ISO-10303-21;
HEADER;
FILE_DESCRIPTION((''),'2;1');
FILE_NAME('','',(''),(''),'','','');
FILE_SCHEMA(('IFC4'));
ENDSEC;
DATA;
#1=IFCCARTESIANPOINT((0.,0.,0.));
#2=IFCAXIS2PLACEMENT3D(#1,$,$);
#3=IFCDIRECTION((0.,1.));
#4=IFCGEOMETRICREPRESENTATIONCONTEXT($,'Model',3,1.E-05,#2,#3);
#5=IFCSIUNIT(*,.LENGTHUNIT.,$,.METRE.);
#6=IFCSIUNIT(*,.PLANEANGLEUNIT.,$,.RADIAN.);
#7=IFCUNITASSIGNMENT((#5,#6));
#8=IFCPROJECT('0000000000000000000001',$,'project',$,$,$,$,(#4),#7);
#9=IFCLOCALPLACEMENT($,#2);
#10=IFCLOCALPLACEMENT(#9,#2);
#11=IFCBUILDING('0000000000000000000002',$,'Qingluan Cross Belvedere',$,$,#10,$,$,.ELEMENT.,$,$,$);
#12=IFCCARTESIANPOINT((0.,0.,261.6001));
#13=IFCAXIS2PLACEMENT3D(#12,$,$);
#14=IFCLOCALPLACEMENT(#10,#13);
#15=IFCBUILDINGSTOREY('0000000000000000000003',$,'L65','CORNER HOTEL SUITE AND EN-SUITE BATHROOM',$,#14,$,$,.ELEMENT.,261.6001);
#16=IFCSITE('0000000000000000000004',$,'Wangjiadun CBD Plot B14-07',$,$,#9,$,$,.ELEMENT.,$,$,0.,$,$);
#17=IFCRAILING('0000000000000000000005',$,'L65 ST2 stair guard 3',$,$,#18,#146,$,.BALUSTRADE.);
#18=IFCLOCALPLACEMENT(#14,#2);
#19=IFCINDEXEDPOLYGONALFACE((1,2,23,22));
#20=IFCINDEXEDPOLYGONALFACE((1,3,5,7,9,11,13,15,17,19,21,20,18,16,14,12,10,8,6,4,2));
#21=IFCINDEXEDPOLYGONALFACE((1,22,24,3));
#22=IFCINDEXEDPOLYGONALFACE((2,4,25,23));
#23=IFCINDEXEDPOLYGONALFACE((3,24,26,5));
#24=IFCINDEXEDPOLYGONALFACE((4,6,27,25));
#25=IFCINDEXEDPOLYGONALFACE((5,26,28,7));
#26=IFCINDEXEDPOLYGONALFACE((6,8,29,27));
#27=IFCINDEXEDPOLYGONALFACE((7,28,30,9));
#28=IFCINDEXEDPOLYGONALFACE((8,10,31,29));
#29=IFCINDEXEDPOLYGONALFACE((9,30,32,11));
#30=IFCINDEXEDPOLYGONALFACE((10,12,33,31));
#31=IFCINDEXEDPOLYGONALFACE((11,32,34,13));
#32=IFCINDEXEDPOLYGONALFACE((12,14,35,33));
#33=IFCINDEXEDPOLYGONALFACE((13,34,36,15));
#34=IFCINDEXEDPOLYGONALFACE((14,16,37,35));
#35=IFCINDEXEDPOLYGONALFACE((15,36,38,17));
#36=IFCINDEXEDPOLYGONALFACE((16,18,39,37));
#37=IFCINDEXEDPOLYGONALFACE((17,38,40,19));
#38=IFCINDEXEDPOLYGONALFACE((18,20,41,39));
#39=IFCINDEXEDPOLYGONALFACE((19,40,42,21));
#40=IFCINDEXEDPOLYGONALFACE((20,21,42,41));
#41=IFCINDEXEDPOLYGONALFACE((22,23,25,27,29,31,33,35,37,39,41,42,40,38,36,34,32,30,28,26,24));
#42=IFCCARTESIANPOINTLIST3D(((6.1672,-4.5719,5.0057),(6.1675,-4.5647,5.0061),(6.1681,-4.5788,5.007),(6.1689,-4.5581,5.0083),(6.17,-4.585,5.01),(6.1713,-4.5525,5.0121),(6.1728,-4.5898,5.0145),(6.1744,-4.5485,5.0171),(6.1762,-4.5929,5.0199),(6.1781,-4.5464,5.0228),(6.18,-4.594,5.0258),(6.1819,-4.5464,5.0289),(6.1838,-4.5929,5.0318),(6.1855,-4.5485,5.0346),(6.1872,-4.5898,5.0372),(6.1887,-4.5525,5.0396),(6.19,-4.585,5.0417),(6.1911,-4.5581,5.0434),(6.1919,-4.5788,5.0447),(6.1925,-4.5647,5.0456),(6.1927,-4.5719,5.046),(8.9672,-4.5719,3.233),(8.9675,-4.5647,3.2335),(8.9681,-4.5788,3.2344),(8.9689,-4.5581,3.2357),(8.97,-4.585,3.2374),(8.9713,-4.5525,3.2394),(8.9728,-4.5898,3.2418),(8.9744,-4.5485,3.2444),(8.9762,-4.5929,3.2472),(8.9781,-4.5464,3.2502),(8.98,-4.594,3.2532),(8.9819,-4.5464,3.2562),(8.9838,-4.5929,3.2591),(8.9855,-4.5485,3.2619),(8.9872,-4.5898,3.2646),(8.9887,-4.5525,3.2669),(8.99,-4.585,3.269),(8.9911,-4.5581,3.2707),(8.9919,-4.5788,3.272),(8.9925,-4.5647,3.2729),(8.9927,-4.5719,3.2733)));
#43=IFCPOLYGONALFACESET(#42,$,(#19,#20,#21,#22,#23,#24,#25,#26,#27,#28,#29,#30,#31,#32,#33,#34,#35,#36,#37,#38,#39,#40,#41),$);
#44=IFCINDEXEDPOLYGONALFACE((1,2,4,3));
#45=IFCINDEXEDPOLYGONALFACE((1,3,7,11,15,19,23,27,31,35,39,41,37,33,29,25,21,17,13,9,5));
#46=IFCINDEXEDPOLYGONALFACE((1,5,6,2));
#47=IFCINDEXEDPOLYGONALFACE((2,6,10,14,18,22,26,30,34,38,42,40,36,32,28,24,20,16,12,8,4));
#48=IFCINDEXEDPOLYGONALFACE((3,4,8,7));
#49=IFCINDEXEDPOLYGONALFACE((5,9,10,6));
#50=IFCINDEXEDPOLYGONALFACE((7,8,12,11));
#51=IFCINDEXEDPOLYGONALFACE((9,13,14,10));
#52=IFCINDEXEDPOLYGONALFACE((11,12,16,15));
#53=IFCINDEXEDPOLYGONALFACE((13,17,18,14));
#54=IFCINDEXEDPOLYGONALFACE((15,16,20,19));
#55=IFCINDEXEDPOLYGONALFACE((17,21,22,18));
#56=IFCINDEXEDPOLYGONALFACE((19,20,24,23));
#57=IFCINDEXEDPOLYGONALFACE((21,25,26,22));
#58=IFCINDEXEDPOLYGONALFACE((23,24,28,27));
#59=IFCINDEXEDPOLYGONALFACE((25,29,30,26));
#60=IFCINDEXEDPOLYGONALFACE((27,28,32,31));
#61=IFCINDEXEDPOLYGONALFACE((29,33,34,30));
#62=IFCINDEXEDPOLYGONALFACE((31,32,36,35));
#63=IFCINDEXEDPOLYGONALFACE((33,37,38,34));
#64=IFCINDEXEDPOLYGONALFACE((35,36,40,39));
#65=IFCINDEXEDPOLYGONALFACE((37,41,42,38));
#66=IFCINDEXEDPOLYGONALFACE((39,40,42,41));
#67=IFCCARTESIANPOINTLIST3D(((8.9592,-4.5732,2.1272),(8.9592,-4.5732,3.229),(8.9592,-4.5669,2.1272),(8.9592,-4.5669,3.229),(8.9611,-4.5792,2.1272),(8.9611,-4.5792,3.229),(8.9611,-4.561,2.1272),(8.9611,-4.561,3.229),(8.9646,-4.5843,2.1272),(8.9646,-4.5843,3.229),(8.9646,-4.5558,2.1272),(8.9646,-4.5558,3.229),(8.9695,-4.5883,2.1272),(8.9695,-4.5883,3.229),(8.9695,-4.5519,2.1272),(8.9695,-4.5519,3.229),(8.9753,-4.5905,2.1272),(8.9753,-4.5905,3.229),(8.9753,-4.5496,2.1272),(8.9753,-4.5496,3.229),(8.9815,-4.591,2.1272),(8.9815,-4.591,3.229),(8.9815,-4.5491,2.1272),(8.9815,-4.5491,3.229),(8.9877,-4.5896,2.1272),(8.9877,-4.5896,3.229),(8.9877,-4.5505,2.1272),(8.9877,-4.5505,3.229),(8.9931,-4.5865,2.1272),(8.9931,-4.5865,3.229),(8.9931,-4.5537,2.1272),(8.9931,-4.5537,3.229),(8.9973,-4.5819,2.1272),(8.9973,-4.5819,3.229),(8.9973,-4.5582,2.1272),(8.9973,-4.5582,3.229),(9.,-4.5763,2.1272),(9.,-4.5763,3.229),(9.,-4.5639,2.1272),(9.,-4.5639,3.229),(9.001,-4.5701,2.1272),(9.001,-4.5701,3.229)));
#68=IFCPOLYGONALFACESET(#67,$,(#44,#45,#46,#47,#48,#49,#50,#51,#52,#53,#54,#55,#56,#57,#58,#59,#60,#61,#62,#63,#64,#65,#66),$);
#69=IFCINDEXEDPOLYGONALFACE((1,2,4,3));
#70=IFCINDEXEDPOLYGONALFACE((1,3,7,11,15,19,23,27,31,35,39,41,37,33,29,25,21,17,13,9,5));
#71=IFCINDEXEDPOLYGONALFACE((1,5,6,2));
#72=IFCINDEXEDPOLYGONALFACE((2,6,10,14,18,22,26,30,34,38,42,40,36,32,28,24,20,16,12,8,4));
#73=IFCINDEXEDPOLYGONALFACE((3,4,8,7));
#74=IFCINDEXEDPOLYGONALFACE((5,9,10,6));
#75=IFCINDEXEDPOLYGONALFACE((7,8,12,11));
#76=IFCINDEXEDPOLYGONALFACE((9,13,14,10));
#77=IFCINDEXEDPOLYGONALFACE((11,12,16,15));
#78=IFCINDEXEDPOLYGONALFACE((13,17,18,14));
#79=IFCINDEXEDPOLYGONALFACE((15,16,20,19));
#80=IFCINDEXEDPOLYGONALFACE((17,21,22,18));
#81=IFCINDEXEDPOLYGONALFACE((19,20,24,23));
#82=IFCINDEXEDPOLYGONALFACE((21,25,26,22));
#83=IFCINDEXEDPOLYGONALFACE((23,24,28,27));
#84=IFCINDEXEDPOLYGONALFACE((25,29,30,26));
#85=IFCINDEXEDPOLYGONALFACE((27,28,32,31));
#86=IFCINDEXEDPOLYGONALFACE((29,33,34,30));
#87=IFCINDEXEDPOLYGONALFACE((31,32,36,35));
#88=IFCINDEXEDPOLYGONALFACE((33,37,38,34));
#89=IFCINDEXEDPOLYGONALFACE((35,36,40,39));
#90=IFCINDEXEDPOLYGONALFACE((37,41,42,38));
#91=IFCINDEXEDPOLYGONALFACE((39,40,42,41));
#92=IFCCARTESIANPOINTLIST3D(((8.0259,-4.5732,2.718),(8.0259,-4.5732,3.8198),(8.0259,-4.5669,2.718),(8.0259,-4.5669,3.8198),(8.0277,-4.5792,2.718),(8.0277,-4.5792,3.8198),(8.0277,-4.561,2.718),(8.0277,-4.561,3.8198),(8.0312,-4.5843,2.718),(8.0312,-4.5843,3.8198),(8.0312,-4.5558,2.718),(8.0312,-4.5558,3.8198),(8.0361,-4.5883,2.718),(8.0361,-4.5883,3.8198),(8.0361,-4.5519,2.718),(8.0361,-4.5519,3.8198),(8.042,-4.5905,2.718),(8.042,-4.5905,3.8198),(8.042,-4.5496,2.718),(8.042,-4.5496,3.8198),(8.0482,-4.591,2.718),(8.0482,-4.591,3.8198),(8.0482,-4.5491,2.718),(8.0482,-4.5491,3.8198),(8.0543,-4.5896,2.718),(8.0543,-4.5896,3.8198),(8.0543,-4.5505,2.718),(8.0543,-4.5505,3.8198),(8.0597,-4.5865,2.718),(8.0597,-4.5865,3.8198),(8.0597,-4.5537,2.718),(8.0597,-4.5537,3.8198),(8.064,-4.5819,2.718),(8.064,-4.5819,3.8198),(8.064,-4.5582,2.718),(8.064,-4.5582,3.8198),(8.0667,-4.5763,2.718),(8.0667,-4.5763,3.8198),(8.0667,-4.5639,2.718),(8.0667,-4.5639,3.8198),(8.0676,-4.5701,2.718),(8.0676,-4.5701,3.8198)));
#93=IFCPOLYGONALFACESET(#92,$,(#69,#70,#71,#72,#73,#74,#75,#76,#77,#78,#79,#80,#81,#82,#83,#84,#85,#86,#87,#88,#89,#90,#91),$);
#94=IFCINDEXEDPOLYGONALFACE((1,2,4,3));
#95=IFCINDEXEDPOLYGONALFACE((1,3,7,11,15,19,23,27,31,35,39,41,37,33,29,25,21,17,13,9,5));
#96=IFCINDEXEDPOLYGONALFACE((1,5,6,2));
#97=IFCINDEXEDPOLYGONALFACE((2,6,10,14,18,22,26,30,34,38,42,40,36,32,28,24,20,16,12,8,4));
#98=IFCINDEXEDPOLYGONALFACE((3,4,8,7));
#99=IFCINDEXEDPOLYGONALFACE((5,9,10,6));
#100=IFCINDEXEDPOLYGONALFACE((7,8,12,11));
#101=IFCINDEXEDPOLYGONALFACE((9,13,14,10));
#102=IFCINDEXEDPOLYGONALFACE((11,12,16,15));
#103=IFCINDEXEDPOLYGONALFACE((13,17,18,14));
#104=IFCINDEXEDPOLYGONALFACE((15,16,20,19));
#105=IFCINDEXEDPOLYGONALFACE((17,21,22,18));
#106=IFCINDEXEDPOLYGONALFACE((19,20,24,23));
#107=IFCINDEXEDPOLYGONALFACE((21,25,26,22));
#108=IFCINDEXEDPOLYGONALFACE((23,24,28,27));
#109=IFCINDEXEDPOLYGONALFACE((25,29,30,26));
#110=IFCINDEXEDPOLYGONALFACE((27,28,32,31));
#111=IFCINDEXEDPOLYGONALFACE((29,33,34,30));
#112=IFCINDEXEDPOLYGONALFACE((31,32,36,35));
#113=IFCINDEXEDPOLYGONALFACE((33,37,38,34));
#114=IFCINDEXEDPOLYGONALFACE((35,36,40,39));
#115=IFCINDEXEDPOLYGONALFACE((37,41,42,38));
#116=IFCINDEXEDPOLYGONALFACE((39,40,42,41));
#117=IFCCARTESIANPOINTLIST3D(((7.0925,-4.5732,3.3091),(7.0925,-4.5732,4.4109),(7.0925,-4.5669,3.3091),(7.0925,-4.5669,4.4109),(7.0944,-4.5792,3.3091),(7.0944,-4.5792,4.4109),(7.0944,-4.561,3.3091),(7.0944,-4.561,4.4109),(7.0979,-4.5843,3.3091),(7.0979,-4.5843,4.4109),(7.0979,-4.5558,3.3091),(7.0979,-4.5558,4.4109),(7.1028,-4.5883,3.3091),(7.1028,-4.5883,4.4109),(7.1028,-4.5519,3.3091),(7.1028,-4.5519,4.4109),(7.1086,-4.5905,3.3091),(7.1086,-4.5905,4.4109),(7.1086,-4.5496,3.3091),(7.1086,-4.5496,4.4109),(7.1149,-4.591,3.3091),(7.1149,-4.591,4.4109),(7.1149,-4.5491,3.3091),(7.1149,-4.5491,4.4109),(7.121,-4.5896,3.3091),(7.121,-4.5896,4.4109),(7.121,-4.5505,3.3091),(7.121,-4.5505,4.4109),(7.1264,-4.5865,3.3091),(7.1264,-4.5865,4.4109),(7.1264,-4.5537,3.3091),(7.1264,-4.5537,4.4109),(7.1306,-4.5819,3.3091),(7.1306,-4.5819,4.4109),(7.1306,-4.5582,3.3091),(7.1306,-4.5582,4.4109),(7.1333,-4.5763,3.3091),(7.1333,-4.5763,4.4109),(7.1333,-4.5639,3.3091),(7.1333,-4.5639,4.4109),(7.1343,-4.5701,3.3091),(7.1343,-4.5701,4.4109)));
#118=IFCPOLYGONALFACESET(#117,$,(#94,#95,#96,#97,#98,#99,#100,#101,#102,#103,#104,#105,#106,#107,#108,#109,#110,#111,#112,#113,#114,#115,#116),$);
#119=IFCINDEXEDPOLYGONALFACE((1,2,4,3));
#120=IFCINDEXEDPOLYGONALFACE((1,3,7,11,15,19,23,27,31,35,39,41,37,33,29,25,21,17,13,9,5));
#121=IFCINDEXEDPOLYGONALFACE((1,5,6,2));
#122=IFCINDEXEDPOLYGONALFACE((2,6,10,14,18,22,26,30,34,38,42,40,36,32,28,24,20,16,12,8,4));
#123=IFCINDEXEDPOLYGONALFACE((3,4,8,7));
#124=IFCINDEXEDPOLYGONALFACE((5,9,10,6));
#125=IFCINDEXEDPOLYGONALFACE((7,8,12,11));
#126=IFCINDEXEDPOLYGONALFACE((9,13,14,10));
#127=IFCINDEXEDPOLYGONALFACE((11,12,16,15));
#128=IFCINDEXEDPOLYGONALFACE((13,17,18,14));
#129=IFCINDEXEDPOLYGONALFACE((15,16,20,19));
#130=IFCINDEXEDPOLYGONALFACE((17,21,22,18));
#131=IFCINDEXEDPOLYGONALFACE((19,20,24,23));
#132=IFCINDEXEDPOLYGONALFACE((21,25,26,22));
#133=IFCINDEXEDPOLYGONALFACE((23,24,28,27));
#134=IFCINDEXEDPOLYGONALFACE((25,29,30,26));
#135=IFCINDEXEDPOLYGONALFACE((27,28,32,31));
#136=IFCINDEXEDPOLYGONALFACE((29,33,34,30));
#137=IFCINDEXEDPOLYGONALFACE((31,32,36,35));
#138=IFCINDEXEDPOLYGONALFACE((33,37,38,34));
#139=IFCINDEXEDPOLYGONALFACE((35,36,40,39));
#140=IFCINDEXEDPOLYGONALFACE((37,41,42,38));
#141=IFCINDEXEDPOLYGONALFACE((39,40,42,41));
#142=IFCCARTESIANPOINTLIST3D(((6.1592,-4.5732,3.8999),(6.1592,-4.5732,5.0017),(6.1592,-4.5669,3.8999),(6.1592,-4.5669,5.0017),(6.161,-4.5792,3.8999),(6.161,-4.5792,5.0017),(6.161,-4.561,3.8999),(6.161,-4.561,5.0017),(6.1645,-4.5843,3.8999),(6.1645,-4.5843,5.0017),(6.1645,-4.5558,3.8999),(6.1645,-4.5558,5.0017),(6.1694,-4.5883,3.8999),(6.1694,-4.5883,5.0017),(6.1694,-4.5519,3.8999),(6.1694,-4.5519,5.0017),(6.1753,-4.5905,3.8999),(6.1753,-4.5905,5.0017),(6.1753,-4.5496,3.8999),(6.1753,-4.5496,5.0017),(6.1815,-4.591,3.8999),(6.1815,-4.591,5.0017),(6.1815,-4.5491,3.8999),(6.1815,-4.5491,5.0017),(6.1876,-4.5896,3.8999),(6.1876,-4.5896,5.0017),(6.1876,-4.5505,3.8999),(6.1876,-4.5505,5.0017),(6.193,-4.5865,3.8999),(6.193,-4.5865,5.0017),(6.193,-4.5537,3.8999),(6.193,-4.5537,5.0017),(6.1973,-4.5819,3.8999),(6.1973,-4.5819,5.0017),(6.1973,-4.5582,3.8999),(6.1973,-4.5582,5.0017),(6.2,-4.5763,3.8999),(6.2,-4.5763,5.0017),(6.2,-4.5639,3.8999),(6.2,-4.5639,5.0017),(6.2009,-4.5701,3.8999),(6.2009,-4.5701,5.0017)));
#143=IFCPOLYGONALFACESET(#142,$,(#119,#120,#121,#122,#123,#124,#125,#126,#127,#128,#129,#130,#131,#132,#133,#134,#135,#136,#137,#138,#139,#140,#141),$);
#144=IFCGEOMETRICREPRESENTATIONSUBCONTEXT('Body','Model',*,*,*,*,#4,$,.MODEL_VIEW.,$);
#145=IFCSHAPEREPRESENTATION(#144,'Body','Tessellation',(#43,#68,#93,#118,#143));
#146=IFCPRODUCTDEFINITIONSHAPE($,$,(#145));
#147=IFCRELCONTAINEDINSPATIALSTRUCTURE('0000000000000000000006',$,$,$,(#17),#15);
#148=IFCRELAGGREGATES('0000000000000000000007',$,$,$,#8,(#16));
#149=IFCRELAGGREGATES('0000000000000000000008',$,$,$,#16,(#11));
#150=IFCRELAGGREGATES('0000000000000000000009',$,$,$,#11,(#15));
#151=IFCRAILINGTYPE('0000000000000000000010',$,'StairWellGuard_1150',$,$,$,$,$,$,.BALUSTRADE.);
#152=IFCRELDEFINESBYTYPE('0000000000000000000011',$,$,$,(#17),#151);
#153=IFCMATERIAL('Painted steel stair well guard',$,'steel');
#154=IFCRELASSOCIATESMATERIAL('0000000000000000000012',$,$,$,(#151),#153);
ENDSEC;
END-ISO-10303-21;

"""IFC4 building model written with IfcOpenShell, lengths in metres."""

from ifc_helpers import new_model, si_unit, direction, frame, origin, origin_2d, place, context, subcontext, project, spatial, circle, extrude, material, type_object, element, save


model = new_model("IFC4")

# Units and contexts
model_context = context("Model", 3, precision=1e-05, world=origin(), true_north=direction((0.0, 1.0)))
body_context = subcontext(model_context, "Body", "Model", "MODEL_VIEW")
ifc_project = project(units=[si_unit("LENGTHUNIT", "METRE"), si_unit("PLANEANGLEUNIT", "RADIAN")], contexts=[model_context])

# Site, building, storey
site_placement = place(None, origin())
site = spatial("IfcSite", under=ifc_project, at=site_placement, Name="Wangjiadun CBD Plot B14-07", CompositionType="ELEMENT", RefElevation=0.0)
building_placement = place(site_placement, origin())
building = spatial("IfcBuilding", under=site, at=building_placement, Name="Qingluan Cross Belvedere", CompositionType="ELEMENT")
storey_placement = place(building_placement, frame((0.0, 0.0, 261.6001)))
storey = spatial("IfcBuildingStorey", under=building, at=storey_placement, Name="L65", Description="CORNER HOTEL SUITE AND EN-SUITE BATHROOM", CompositionType="ELEMENT", Elevation=261.6001)

# Railing
ifc_material_1 = material(Name="Painted steel stair well guard", Category="steel")
railing_type_1 = type_object("IfcRailingType", Name="StairWellGuard_1150", PredefinedType="BALUSTRADE", material=ifc_material_1)
railing_1_placement = place(storey_placement, frame((8.98, -4.5701, 2.1272)))
element("IfcRailing", 1, at=railing_1_placement, inside=storey, type_object=railing_type_1, Name="L65 ST2 stair guard 3", PredefinedType="BALUSTRADE", context=body_context, shape_type="SweptSolid", body=[
    extrude(circle(Radius=0.0239, at=origin_2d()), frame((0.0, 0.0, 1.126), z_axis=(-0.844909, 0.0, 0.53491), x_axis=(0.0, -1.0, 0.0)), (0.0, 0.0, 1.0), 3.314),
    extrude(circle(Radius=0.021, at=origin_2d()), origin(), (0.0, 0.0, 1.0), 1.1018),
    extrude(circle(Radius=0.021, at=origin_2d()), frame((-0.9333, 0.0, 0.5908)), (0.0, 0.0, 1.0), 1.1018),
    extrude(circle(Radius=0.021, at=origin_2d()), frame((-1.8667, 0.0, 1.1819)), (0.0, 0.0, 1.0), 1.1018),
    extrude(circle(Radius=0.021, at=origin_2d()), frame((-2.8, 0.0, 1.7727)), (0.0, 0.0, 1.0), 1.1018),
])

save(model, "model.ifc")
